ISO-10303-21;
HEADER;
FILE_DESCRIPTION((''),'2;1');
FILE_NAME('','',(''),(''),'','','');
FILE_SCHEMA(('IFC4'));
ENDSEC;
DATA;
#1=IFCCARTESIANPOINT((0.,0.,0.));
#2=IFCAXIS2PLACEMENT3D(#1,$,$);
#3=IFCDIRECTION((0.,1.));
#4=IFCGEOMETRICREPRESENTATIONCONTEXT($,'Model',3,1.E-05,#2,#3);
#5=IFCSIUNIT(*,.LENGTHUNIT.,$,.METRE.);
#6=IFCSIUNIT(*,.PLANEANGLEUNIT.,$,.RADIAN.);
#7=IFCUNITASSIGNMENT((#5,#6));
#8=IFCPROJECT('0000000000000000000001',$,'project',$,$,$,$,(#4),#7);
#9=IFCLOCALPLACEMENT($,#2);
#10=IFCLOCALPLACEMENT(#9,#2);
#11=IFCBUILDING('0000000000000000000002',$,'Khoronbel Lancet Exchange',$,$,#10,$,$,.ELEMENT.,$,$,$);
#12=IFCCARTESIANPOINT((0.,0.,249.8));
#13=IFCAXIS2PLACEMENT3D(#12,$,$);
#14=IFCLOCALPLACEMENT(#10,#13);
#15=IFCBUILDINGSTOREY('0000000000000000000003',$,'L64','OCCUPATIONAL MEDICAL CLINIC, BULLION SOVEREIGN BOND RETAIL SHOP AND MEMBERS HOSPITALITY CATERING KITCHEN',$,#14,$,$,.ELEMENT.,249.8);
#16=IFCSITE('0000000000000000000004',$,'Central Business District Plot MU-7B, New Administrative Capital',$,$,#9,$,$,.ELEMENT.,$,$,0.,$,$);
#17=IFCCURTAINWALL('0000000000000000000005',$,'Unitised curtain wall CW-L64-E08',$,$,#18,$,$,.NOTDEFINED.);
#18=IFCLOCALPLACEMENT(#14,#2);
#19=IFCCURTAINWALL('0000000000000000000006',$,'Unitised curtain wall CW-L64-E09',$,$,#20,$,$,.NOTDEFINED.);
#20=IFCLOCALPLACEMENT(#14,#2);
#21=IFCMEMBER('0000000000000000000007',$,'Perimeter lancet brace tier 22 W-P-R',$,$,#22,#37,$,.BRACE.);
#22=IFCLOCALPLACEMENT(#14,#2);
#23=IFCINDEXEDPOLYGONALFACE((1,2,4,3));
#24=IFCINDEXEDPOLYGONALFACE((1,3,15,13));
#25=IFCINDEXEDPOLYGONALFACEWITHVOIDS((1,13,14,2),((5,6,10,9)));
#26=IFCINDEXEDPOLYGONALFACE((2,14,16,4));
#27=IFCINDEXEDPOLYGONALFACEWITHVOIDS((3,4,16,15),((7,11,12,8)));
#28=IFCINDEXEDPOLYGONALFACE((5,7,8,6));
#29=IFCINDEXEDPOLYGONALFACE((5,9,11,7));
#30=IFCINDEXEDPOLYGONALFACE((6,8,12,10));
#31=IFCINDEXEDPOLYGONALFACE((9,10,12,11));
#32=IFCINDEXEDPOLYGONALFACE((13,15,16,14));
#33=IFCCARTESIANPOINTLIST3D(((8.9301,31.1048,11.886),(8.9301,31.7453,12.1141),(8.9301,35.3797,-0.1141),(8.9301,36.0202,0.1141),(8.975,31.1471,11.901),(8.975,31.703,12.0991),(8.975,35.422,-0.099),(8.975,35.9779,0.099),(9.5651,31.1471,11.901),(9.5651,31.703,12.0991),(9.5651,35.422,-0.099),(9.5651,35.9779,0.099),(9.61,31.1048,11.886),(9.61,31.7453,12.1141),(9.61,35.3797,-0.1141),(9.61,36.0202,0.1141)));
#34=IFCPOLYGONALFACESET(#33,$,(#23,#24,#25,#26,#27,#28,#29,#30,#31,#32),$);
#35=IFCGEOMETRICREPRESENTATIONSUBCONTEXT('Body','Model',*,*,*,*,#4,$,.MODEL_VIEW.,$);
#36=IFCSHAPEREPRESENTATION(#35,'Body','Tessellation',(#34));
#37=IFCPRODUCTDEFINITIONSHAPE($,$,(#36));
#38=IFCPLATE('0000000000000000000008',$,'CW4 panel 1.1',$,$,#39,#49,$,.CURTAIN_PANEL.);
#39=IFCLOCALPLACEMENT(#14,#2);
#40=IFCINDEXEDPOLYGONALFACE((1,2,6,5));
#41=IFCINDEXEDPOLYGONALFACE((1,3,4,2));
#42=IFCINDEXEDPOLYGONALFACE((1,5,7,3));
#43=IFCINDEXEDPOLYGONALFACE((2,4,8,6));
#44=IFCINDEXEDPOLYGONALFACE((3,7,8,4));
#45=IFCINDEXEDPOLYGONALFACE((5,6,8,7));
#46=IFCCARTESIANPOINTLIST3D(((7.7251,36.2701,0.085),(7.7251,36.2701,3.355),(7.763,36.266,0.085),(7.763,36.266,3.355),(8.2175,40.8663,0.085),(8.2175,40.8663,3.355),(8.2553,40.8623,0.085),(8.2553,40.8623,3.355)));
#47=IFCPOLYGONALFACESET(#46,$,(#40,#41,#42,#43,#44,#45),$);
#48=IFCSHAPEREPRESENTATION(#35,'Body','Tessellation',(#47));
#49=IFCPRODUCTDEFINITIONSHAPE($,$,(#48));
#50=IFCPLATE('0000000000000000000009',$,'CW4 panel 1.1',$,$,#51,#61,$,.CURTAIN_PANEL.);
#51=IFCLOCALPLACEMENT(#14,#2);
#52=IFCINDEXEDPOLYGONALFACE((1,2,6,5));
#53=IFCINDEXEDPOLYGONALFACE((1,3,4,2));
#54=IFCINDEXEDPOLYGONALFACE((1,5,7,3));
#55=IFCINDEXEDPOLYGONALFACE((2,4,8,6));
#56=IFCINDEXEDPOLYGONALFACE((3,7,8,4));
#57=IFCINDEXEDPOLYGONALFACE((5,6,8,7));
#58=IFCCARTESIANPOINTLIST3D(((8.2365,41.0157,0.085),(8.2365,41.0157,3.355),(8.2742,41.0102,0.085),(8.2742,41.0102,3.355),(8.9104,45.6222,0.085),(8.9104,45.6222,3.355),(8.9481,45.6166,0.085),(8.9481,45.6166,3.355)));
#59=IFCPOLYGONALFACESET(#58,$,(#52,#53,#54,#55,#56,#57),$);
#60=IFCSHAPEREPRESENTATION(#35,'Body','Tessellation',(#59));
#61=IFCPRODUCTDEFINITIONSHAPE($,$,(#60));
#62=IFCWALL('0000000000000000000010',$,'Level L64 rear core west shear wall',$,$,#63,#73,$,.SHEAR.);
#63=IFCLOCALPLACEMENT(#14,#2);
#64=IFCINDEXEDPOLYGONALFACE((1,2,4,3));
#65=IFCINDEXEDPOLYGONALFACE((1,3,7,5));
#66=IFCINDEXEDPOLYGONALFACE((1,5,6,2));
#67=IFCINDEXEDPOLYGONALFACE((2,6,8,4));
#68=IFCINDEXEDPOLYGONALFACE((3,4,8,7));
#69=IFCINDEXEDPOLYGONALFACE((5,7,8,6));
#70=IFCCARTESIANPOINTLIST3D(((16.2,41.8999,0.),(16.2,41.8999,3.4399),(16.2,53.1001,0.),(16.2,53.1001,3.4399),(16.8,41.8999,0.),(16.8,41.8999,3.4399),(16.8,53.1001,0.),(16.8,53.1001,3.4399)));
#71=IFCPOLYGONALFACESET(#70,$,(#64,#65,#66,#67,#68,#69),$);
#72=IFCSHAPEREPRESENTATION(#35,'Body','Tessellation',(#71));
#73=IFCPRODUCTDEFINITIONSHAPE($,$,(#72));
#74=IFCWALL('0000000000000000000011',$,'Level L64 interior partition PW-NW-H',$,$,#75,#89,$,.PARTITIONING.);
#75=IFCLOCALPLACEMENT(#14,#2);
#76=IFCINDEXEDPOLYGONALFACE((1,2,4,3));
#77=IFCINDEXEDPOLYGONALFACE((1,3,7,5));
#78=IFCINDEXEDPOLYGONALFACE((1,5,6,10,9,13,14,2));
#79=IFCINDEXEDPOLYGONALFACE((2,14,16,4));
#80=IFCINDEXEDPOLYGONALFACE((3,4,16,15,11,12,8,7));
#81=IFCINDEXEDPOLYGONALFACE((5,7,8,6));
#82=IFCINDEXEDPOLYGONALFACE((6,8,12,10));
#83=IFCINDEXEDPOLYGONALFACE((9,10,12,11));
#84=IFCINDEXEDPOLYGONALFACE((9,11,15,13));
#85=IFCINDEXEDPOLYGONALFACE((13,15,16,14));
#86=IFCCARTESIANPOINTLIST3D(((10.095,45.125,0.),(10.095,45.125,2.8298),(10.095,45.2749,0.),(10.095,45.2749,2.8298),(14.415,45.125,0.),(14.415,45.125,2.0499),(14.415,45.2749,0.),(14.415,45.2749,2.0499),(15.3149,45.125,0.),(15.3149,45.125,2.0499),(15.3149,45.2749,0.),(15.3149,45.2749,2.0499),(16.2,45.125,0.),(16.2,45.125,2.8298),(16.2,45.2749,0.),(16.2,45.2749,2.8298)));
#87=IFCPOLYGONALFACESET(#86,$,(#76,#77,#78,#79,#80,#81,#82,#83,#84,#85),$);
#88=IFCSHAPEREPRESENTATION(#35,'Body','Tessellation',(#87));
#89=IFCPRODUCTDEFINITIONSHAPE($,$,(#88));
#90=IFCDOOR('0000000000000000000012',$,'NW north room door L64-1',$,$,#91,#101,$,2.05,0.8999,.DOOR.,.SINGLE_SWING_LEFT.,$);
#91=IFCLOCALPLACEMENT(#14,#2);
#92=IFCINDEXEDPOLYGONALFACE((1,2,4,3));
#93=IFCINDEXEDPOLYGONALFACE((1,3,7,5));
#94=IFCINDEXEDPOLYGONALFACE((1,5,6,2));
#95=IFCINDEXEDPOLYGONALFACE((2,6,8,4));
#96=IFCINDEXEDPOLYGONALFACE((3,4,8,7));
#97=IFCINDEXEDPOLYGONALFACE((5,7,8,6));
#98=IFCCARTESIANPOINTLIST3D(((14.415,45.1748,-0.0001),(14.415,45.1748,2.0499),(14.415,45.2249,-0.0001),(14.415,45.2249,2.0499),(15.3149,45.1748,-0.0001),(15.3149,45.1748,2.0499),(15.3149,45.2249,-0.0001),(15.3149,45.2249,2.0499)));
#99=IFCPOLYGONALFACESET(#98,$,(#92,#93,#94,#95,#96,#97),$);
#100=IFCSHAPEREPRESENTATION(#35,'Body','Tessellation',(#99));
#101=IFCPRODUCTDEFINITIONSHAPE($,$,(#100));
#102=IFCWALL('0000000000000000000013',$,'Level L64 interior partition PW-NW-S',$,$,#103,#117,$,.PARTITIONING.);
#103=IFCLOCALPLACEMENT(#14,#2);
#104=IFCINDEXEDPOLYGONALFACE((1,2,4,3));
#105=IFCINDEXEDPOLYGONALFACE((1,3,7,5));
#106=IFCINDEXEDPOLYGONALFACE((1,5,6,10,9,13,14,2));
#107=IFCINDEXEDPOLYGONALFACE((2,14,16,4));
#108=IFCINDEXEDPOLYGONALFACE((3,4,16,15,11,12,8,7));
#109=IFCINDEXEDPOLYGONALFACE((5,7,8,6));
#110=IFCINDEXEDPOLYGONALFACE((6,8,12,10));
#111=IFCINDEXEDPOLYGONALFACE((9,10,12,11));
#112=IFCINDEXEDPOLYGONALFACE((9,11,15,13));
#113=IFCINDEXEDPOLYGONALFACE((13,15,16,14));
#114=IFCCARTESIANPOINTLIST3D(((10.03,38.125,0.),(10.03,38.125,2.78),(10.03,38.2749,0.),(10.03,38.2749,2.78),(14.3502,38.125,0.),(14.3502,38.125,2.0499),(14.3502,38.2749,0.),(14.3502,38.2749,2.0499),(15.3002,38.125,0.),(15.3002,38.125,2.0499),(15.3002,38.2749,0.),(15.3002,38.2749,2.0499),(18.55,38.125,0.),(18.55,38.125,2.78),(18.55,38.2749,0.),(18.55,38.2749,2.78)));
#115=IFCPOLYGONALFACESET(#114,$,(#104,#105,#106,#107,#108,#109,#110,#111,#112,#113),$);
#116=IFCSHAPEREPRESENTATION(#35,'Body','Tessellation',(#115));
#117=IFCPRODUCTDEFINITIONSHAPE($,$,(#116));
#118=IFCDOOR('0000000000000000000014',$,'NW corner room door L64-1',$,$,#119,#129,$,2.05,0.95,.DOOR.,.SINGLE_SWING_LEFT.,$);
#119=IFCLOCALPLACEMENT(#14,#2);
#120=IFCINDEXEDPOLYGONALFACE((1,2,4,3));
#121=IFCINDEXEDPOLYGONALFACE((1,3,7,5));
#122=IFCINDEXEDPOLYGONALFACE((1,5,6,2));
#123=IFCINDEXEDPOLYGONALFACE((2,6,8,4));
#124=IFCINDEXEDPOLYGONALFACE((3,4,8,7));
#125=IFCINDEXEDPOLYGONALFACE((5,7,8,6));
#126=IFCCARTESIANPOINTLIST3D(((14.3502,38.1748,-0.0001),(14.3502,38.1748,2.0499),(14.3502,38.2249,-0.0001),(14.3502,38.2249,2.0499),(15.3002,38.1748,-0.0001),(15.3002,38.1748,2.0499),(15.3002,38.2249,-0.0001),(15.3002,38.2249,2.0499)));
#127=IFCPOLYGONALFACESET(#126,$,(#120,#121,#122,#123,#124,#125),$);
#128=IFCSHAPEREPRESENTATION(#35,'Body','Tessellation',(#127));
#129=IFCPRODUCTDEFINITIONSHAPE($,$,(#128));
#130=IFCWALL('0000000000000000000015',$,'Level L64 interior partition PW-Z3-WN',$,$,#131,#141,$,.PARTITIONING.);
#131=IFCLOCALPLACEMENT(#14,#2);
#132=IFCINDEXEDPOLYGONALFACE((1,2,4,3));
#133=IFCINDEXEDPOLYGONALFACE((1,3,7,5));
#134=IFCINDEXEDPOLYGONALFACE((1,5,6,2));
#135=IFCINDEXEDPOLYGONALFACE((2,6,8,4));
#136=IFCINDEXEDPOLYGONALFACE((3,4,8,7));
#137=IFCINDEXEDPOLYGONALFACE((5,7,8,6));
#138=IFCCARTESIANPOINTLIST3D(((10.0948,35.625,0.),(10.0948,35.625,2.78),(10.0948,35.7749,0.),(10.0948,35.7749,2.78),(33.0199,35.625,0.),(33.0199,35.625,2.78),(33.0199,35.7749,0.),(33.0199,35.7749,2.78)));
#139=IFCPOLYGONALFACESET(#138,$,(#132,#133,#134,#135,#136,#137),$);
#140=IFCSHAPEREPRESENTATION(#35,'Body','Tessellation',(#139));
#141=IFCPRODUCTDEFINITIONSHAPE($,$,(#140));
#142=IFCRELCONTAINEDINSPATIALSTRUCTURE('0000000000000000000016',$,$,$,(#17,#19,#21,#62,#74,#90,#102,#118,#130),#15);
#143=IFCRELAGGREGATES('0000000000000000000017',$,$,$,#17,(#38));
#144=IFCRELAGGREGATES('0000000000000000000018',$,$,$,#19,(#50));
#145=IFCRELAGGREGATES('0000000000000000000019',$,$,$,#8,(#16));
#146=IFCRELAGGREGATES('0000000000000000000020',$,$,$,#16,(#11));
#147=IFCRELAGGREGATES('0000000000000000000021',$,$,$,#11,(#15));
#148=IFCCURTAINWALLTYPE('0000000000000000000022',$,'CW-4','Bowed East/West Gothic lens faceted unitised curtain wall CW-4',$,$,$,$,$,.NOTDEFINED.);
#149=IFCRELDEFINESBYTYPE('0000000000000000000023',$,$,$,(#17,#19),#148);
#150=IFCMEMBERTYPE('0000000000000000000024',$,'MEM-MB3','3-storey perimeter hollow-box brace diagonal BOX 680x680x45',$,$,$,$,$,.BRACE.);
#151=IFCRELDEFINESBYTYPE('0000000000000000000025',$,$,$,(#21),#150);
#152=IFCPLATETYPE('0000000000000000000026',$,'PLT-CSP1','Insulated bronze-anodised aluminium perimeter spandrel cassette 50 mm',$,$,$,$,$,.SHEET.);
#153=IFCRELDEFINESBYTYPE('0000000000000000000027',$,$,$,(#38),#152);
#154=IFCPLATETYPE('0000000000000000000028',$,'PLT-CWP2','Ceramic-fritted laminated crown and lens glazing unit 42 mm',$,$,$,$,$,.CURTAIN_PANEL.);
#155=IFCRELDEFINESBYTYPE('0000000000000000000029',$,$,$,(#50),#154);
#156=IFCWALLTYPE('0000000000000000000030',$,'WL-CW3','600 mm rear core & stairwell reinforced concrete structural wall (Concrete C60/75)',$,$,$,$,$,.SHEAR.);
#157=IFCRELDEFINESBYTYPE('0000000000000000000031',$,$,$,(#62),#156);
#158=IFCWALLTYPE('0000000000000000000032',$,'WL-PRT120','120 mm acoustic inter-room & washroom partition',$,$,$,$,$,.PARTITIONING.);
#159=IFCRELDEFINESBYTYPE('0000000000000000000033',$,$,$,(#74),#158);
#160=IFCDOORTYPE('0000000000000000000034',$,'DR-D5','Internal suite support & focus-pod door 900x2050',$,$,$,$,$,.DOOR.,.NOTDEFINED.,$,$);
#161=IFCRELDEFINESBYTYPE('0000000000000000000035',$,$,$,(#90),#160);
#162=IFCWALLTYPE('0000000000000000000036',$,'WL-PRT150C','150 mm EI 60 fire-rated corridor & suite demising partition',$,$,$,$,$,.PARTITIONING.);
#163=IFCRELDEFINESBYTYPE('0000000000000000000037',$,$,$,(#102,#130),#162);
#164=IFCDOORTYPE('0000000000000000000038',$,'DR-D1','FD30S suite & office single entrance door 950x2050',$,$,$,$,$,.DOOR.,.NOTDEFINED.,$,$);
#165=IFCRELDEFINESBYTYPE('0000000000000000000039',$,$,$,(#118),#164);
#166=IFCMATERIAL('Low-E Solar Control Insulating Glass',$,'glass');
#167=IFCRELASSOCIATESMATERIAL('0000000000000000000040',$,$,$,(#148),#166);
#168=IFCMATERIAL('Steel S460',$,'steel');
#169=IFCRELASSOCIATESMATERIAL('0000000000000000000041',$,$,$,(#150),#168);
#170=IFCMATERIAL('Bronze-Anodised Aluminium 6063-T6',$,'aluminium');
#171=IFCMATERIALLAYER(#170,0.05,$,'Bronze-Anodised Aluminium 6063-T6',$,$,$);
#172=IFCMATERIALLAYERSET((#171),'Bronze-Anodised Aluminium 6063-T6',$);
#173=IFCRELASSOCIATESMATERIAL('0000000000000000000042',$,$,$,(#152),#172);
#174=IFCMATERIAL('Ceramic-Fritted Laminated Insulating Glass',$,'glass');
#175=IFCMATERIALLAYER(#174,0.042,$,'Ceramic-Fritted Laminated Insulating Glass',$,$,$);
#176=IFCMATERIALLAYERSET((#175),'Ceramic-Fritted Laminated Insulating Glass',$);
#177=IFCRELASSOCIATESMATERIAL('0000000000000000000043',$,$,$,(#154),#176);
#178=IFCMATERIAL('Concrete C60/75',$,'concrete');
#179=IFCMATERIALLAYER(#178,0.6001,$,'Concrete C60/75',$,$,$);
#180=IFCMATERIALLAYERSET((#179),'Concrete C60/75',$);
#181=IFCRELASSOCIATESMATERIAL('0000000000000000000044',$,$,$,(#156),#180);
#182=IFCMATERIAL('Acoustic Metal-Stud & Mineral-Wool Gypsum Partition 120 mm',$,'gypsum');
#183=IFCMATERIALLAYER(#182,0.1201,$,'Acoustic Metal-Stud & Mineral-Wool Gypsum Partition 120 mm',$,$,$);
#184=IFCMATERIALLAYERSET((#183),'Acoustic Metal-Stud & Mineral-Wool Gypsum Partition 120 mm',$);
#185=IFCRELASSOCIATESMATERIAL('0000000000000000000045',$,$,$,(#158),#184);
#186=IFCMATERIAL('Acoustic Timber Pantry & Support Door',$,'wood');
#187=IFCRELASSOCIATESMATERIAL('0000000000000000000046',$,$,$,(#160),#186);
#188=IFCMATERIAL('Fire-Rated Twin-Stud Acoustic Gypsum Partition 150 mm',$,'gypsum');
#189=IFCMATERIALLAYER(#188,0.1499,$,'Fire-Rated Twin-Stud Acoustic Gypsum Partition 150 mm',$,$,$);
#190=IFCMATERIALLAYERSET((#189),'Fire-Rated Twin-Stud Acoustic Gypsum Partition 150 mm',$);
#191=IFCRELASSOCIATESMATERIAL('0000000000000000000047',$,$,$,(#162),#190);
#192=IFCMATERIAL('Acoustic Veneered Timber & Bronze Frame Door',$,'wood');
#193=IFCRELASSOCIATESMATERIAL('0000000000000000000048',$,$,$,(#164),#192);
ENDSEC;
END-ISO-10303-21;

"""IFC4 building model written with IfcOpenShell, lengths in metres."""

from ifc_helpers import new_model, si_unit, direction, frame, frame_2d, origin, origin_2d, place, context, subcontext, project, spatial, rectangle, hollow_rectangle, extrude, material, layer, layer_set, material_profile, profile_set, type_object, element, fill, aggregate, save


model = new_model("IFC4")

# Units and contexts
model_context = context("Model", 3, precision=1e-05, world=origin(), true_north=direction((0.0, 1.0)))
body_context = subcontext(model_context, "Body", "Model", "MODEL_VIEW")
ifc_project = project(units=[si_unit("LENGTHUNIT", "METRE"), si_unit("PLANEANGLEUNIT", "RADIAN")], contexts=[model_context])

# Site, building, storey
site_placement = place(None, origin())
site = spatial("IfcSite", under=ifc_project, at=site_placement, Name="Central Business District Plot MU-7B, New Administrative Capital", CompositionType="ELEMENT", RefElevation=0.0)
building_placement = place(site_placement, origin())
building = spatial("IfcBuilding", under=site, at=building_placement, Name="Khoronbel Lancet Exchange", CompositionType="ELEMENT")
storey_placement = place(building_placement, frame((0.0, 0.0, 249.8)))
storey = spatial("IfcBuildingStorey", under=building, at=storey_placement, Name="L64", Description="OCCUPATIONAL MEDICAL CLINIC, BULLION SOVEREIGN BOND RETAIL SHOP AND MEMBERS HOSPITALITY CATERING KITCHEN", CompositionType="ELEMENT", Elevation=249.8)

# Shared definitions
ifc_material_1 = material(Name="Low-E Solar Control Insulating Glass", Category="glass")
curtain_wall_type = type_object("IfcCurtainWallType", Name="CW-4", Description="Bowed East/West Gothic lens faceted unitised curtain wall CW-4", PredefinedType="NOTDEFINED", material=ifc_material_1)
ifc_material_2 = material(Name="Bronze-Anodised Aluminium 6063-T6", Category="aluminium")

# Curtain walls
curtain_wall_1_placement = place(storey_placement, origin())
curtain_wall_1 = element("IfcCurtainWall", 1, at=curtain_wall_1_placement, inside=storey, type_object=curtain_wall_type, Name="Unitised curtain wall CW-L64-E08", PredefinedType="NOTDEFINED")
curtain_wall_2_placement = place(storey_placement, origin())
curtain_wall_2 = element("IfcCurtainWall", 2, at=curtain_wall_2_placement, inside=storey, type_object=curtain_wall_type, Name="Unitised curtain wall CW-L64-E09", PredefinedType="NOTDEFINED")

# Member
ifc_material_3 = material(Name="Steel S460", Category="steel")
ifc_material_profile_1 = material_profile(ifc_material_3, hollow_rectangle(XDim=0.6799, YDim=0.6799, WallThickness=0.0449, at=origin_2d()), Name="BOX 680x680x45")
ifc_profile_set_1 = profile_set([ifc_material_profile_1], Name="Steel S460")
member_type_1 = type_object("IfcMemberType", Name="MEM-MB3", Description="3-storey perimeter hollow-box brace diagonal BOX 680x680x45", PredefinedType="BRACE", material=ifc_profile_set_1)
member_1_placement = place(storey_placement, frame((9.27, 35.7, 0.0), z_axis=(0.0, -0.335584, 0.94201), x_axis=(1.0, 0.0, 0.0)))
element("IfcMember", 3, at=member_1_placement, inside=storey, type_object=member_type_1, Name="Perimeter lancet brace tier 22 W-P-R", PredefinedType="BRACE", context=body_context, shape_type="SweptSolid", body=[
    extrude(hollow_rectangle(XDim=0.6799, YDim=0.6799, WallThickness=0.0449, at=origin_2d()), origin(), (0.0, 0.0, 1.0), 12.7388),
])

# Plates
ifc_layer_1 = layer(ifc_material_2, 0.05, Name="Bronze-Anodised Aluminium 6063-T6")
ifc_layer_set_1 = layer_set([ifc_layer_1], Name="Bronze-Anodised Aluminium 6063-T6")
plate_type_1 = type_object("IfcPlateType", Name="PLT-CSP1", Description="Insulated bronze-anodised aluminium perimeter spandrel cassette 50 mm", PredefinedType="SHEET", material=ifc_layer_set_1)
plate_1_placement = place(storey_placement, frame((7.9902, 38.5662, 0.085), z_axis=(0.0, 0.0, 1.0), x_axis=(0.106507, 0.994312, 0.0)))
plate_1 = element("IfcPlate", 4, at=plate_1_placement, type_object=plate_type_1, Name="CW4 panel 1.1", PredefinedType="CURTAIN_PANEL", context=body_context, shape_type="SweptSolid", body=[
    extrude(rectangle(XDim=4.6226, YDim=0.0381, at=origin_2d()), origin(), (0.0, 0.0, 1.0), 3.27),
])
aggregate(curtain_wall_1, [plate_1])
ifc_material_4 = material(Name="Ceramic-Fritted Laminated Insulating Glass", Category="glass")
ifc_layer_2 = layer(ifc_material_4, 0.042, Name="Ceramic-Fritted Laminated Insulating Glass")
ifc_layer_set_2 = layer_set([ifc_layer_2], Name="Ceramic-Fritted Laminated Insulating Glass")
plate_type_2 = type_object("IfcPlateType", Name="PLT-CWP2", Description="Ceramic-fritted laminated crown and lens glazing unit 42 mm", PredefinedType="CURTAIN_PANEL", material=ifc_layer_set_2)
plate_2_placement = place(storey_placement, frame((8.5923, 43.3162, 0.085), z_axis=(0.0, 0.0, 1.0), x_axis=(0.144753, 0.989468, 0.0)))
plate_2 = element("IfcPlate", 5, at=plate_2_placement, type_object=plate_type_2, Name="CW4 panel 1.1", PredefinedType="CURTAIN_PANEL", context=body_context, shape_type="SweptSolid", body=[
    extrude(rectangle(XDim=4.6555, YDim=0.0381, at=origin_2d()), origin(), (0.0, 0.0, 1.0), 3.27),
])
aggregate(curtain_wall_2, [plate_2])

# Wall
ifc_material_5 = material(Name="Concrete C60/75", Category="concrete")
ifc_layer_3 = layer(ifc_material_5, 0.6001, Name="Concrete C60/75")
ifc_layer_set_3 = layer_set([ifc_layer_3], Name="Concrete C60/75")
wall_type_1 = type_object("IfcWallType", Name="WL-CW3", Description="600 mm rear core & stairwell reinforced concrete structural wall (Concrete C60/75)", PredefinedType="SHEAR", material=ifc_layer_set_3)
wall_1_placement = place(storey_placement, frame((16.5, 41.8999, 0.0), z_axis=(0.0, 0.0, 1.0), x_axis=(0.0, 1.0, 0.0)))
element("IfcWall", 6, at=wall_1_placement, inside=storey, type_object=wall_type_1, Name="Level L64 rear core west shear wall", PredefinedType="SHEAR", context=body_context, shape_type="SweptSolid", body=[
    extrude(rectangle(XDim=11.2002, YDim=0.6001, at=frame_2d((5.6001, 0.0))), origin(), (0.0, 0.0, 1.0), 3.4399),
])

# Walls, openings, doors
ifc_material_6 = material(Name="Acoustic Metal-Stud & Mineral-Wool Gypsum Partition 120 mm", Category="gypsum")
ifc_layer_4 = layer(ifc_material_6, 0.1201, Name="Acoustic Metal-Stud & Mineral-Wool Gypsum Partition 120 mm")
ifc_layer_set_4 = layer_set([ifc_layer_4], Name="Acoustic Metal-Stud & Mineral-Wool Gypsum Partition 120 mm")
wall_type_2 = type_object("IfcWallType", Name="WL-PRT120", Description="120 mm acoustic inter-room & washroom partition", PredefinedType="PARTITIONING", material=ifc_layer_set_4)
wall_2_placement = place(storey_placement, frame((10.095, 45.2, 0.0), z_axis=(0.0, 0.0, 1.0), x_axis=(1.0, 0.0, 0.0)))
wall_2 = element("IfcWall", 7, at=wall_2_placement, inside=storey, type_object=wall_type_2, Name="Level L64 interior partition PW-NW-H", PredefinedType="PARTITIONING", context=body_context, shape_type="SweptSolid", body=[
    extrude(rectangle(XDim=6.105, YDim=0.1499, at=frame_2d((3.0525, 0.0))), origin(), (0.0, 0.0, 1.0), 2.8298),
])
opening_1_placement = place(wall_2_placement, frame((4.3201, 0.0, 0.0)))
opening_1 = element("IfcOpeningElement", 8, at=opening_1_placement, cuts=wall_2, PredefinedType="OPENING", context=body_context, shape_type="SweptSolid", body=[
    extrude(rectangle(XDim=0.8999, YDim=2.05, at=frame_2d((0.45, 1.0249))), frame((0.0, 0.085, 0.0), z_axis=(0.0, -1.0, 0.0), x_axis=(1.0, 0.0, 0.0)), (0.0, 0.0, 1.0), 0.1699),
])
ifc_material_7 = material(Name="Acoustic Timber Pantry & Support Door", Category="wood")
door_type_1 = type_object("IfcDoorType", Name="DR-D5", Description="Internal suite support & focus-pod door 900x2050", OperationType="NOTDEFINED", PredefinedType="DOOR", material=ifc_material_7)
door_1_placement = place(opening_1_placement, origin())
door_1 = element("IfcDoor", 9, at=door_1_placement, inside=storey, type_object=door_type_1, Name="NW north room door L64-1", OperationType="SINGLE_SWING_LEFT", OverallHeight=2.05, OverallWidth=0.8999, PredefinedType="DOOR", context=body_context, shape_type="SweptSolid", body=[
    extrude(rectangle(XDim=0.8999, YDim=2.05, at=frame_2d((0.45, 1.0249))), frame((0.0, 0.0249, 0.0), z_axis=(0.0, -1.0, 0.0), x_axis=(1.0, 0.0, 0.0)), (0.0, 0.0, 1.0), 0.05),
])
fill(opening_1, door_1)
ifc_material_8 = material(Name="Fire-Rated Twin-Stud Acoustic Gypsum Partition 150 mm", Category="gypsum")
ifc_layer_5 = layer(ifc_material_8, 0.1499, Name="Fire-Rated Twin-Stud Acoustic Gypsum Partition 150 mm")
ifc_layer_set_5 = layer_set([ifc_layer_5], Name="Fire-Rated Twin-Stud Acoustic Gypsum Partition 150 mm")
wall_type_3 = type_object("IfcWallType", Name="WL-PRT150C", Description="150 mm EI 60 fire-rated corridor & suite demising partition", PredefinedType="PARTITIONING", material=ifc_layer_set_5)
wall_3_placement = place(storey_placement, frame((10.03, 38.2, 0.0), z_axis=(0.0, 0.0, 1.0), x_axis=(1.0, 0.0, 0.0)))
wall_3 = element("IfcWall", 10, at=wall_3_placement, inside=storey, type_object=wall_type_3, Name="Level L64 interior partition PW-NW-S", PredefinedType="PARTITIONING", context=body_context, shape_type="SweptSolid", body=[
    extrude(rectangle(XDim=8.52, YDim=0.1499, at=frame_2d((4.26, 0.0))), origin(), (0.0, 0.0, 1.0), 2.78),
])
opening_2_placement = place(wall_3_placement, frame((4.3201, 0.0, 0.0)))
opening_2 = element("IfcOpeningElement", 11, at=opening_2_placement, cuts=wall_3, PredefinedType="OPENING", context=body_context, shape_type="SweptSolid", body=[
    extrude(rectangle(XDim=0.95, YDim=2.05, at=frame_2d((0.4751, 1.0249))), frame((0.0, 0.085, 0.0), z_axis=(0.0, -1.0, 0.0), x_axis=(1.0, 0.0, 0.0)), (0.0, 0.0, 1.0), 0.1699),
])
ifc_material_9 = material(Name="Acoustic Veneered Timber & Bronze Frame Door", Category="wood")
door_type_2 = type_object("IfcDoorType", Name="DR-D1", Description="FD30S suite & office single entrance door 950x2050", OperationType="NOTDEFINED", PredefinedType="DOOR", material=ifc_material_9)
door_2_placement = place(opening_2_placement, origin())
door_2 = element("IfcDoor", 12, at=door_2_placement, inside=storey, type_object=door_type_2, Name="NW corner room door L64-1", OperationType="SINGLE_SWING_LEFT", OverallHeight=2.05, OverallWidth=0.95, PredefinedType="DOOR", context=body_context, shape_type="SweptSolid", body=[
    extrude(rectangle(XDim=0.95, YDim=2.05, at=frame_2d((0.4751, 1.0249))), frame((0.0, 0.0249, 0.0), z_axis=(0.0, -1.0, 0.0), x_axis=(1.0, 0.0, 0.0)), (0.0, 0.0, 1.0), 0.05),
])
fill(opening_2, door_2)

# Wall
wall_4_placement = place(storey_placement, frame((10.095, 35.7, 0.0), z_axis=(0.0, 0.0, 1.0), x_axis=(1.0, 0.0, 0.0)))
element("IfcWall", 13, at=wall_4_placement, inside=storey, type_object=wall_type_3, Name="Level L64 interior partition PW-Z3-WN", PredefinedType="PARTITIONING", context=body_context, shape_type="SweptSolid", body=[
    extrude(rectangle(XDim=22.925, YDim=0.1499, at=frame_2d((11.4624, 0.0))), origin(), (0.0, 0.0, 1.0), 2.78),
])

save(model, "model.ifc")
